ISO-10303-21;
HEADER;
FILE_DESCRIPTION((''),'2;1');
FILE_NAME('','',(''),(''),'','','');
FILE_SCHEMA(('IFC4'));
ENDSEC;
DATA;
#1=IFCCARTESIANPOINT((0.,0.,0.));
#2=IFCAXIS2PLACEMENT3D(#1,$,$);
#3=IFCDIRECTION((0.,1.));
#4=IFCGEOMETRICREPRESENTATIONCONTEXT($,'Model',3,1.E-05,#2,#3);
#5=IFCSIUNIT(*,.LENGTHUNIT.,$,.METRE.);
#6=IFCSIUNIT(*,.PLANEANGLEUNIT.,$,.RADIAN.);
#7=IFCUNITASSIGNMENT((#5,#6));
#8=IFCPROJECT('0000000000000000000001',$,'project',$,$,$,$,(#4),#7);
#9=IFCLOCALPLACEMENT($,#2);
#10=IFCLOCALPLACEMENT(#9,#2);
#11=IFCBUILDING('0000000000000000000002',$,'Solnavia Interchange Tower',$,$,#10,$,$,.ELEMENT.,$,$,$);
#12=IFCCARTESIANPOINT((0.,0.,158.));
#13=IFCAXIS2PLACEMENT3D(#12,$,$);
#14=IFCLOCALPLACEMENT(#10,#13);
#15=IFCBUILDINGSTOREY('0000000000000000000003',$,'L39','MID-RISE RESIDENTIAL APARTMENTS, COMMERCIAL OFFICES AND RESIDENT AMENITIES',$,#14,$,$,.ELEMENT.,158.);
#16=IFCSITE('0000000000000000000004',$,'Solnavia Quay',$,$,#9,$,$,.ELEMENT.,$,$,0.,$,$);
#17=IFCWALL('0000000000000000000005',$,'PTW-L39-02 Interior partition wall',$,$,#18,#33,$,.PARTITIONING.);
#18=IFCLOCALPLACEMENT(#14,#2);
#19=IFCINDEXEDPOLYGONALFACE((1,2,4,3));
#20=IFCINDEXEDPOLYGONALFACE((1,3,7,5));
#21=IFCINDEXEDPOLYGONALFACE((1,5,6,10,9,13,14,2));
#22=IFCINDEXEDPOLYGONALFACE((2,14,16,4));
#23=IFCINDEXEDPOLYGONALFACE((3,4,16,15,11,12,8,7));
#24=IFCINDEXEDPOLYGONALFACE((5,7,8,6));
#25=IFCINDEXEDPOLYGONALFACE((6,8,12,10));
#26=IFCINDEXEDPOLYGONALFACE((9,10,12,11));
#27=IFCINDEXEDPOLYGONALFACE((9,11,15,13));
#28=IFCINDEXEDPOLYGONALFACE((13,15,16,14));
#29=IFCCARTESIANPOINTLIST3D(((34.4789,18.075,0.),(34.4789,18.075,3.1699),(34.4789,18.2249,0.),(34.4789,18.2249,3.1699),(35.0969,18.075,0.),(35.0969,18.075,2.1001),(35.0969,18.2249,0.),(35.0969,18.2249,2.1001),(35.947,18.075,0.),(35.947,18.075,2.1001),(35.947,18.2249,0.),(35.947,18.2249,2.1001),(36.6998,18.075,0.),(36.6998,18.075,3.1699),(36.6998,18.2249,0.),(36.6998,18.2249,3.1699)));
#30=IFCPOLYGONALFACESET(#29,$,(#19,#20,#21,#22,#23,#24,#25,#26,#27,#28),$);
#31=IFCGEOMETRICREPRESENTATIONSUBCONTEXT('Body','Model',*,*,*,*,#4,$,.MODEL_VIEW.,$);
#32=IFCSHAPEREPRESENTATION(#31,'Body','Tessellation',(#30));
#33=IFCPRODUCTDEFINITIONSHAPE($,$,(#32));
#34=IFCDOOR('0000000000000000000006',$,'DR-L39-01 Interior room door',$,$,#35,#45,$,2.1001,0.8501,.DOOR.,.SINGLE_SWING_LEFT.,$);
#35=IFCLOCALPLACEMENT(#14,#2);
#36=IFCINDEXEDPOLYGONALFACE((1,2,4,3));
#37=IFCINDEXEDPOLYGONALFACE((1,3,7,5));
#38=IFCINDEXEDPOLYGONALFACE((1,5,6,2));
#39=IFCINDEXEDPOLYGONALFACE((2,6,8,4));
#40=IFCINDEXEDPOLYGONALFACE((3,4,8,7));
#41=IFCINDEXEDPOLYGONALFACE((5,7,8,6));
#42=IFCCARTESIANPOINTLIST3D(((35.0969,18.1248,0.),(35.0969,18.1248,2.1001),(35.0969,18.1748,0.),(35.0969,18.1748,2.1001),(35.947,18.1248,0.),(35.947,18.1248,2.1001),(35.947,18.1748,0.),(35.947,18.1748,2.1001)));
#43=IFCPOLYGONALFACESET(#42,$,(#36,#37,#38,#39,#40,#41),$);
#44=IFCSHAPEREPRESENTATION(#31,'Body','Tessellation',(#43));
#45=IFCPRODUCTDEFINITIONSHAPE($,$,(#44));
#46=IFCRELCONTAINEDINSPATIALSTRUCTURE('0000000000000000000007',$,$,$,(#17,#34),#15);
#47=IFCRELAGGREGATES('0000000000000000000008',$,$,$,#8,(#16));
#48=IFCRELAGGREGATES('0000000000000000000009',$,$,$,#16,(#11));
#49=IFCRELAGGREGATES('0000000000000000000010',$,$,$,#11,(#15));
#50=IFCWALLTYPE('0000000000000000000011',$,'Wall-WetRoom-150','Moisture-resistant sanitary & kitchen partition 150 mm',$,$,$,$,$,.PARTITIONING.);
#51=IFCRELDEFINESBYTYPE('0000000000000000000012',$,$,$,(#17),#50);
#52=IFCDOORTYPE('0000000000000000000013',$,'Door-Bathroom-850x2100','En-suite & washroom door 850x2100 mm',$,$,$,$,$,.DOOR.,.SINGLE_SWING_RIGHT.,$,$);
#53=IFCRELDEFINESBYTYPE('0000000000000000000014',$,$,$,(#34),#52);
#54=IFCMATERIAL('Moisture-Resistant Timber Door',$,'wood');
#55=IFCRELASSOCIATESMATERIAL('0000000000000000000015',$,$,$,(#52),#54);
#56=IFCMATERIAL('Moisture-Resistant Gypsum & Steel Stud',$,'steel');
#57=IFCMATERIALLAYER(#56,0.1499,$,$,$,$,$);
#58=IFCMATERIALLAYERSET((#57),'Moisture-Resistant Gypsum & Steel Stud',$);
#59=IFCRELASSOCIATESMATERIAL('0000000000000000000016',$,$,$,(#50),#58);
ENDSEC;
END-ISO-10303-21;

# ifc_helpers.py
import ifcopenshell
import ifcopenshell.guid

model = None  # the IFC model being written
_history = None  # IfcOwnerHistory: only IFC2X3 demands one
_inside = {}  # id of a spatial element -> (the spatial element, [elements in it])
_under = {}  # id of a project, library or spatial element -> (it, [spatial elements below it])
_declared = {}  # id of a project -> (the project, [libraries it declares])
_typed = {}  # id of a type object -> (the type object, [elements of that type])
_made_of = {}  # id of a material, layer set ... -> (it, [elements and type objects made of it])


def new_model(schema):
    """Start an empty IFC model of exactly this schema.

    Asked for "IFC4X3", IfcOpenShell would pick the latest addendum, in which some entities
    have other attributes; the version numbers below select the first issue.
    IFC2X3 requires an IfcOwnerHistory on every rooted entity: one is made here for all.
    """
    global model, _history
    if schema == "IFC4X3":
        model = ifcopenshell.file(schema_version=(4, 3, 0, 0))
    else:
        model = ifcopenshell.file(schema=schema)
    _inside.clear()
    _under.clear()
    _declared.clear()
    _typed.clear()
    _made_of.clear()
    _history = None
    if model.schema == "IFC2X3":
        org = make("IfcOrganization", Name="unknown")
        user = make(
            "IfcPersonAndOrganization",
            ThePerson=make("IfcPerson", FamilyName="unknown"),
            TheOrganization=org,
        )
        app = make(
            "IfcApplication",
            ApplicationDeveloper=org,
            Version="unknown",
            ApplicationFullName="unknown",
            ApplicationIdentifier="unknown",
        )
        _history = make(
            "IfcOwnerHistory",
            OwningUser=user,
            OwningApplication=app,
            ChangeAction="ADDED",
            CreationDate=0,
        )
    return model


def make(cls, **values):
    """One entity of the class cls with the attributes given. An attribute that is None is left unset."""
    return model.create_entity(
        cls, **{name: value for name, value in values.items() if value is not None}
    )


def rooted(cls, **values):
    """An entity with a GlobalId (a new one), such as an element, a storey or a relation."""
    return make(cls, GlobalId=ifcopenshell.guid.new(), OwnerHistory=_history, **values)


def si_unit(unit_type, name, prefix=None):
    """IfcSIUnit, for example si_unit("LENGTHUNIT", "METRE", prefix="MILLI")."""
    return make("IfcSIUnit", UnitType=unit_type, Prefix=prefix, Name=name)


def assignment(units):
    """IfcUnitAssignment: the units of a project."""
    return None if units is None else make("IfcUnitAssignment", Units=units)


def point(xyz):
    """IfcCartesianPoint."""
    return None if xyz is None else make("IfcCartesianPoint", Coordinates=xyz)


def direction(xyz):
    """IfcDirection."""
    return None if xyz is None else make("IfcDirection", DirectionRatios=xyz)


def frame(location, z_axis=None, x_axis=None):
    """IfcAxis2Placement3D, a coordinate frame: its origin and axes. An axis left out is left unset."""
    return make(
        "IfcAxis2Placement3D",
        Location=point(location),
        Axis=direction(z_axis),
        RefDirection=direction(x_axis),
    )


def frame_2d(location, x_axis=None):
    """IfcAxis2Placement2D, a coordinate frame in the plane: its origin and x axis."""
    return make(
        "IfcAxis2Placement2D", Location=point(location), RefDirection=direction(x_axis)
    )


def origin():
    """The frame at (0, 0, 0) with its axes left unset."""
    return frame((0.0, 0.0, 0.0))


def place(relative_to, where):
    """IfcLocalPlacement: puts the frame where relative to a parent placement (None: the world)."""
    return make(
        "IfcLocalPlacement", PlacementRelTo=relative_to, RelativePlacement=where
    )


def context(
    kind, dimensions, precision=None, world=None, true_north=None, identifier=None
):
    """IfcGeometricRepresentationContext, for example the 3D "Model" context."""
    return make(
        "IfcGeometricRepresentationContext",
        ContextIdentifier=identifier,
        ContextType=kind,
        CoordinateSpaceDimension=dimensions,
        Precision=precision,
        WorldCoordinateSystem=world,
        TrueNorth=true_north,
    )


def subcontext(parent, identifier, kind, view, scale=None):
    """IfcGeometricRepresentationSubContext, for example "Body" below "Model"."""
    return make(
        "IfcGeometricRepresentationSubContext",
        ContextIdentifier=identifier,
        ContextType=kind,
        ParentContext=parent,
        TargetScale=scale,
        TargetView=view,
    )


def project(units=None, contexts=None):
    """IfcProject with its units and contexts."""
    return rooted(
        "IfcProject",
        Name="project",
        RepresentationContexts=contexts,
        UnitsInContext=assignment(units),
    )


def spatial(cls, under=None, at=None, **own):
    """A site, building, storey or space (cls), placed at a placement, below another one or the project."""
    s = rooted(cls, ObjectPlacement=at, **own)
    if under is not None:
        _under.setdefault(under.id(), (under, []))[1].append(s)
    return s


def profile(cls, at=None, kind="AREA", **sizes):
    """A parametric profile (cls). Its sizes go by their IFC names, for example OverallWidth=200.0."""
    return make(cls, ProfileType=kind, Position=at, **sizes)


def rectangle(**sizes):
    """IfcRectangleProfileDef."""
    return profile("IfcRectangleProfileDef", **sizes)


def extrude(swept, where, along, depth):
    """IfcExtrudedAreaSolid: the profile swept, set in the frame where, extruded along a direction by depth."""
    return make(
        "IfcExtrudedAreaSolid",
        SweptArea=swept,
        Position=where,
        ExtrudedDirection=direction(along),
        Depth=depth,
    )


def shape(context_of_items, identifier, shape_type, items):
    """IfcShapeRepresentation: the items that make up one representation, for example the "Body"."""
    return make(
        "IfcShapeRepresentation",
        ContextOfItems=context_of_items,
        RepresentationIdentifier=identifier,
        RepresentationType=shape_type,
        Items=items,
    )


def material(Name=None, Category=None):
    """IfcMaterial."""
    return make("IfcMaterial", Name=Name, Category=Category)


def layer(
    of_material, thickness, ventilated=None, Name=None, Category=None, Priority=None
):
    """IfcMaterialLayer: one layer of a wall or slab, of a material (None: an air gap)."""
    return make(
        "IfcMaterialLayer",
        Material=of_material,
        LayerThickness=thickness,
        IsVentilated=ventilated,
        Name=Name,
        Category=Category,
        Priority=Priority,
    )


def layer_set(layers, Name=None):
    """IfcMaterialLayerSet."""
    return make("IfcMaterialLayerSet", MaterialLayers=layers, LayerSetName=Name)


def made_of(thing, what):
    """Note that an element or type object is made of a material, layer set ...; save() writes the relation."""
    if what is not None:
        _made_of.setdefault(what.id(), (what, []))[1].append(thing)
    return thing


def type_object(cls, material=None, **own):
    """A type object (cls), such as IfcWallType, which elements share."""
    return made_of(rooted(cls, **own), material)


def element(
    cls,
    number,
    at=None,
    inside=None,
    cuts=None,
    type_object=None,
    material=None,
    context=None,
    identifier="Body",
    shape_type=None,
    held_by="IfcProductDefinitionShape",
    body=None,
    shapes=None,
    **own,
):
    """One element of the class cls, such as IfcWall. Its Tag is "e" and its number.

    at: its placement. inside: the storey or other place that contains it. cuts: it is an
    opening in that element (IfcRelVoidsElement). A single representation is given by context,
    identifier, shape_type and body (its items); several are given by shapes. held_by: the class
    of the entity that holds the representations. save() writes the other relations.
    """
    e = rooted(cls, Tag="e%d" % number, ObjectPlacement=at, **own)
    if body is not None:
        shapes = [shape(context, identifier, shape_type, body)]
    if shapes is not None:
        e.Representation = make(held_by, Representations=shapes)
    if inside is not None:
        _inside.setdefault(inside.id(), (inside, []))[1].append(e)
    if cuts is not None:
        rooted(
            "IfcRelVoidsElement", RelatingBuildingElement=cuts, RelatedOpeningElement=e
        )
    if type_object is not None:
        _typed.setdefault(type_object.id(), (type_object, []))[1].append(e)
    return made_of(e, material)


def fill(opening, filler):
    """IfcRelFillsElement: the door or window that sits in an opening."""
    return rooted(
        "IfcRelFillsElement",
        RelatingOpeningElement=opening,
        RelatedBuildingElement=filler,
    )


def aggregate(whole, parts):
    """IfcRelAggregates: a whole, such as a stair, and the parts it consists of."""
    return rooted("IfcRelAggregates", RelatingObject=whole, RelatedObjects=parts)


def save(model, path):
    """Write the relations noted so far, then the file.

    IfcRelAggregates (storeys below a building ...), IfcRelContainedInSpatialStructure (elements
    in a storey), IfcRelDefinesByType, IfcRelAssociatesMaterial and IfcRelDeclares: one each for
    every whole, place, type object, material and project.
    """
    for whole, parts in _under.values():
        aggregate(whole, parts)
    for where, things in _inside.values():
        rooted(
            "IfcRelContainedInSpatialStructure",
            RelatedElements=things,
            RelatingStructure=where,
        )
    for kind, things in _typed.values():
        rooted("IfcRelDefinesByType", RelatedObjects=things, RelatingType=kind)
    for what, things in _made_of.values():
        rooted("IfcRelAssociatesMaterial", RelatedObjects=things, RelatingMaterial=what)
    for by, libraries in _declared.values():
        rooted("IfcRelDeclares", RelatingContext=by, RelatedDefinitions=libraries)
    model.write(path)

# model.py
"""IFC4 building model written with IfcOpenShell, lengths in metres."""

from ifc_helpers import new_model, si_unit, direction, frame, frame_2d, origin, place, context, subcontext, project, spatial, rectangle, extrude, material, layer, layer_set, type_object, element, fill, save


model = new_model("IFC4")

# Units and contexts
model_context = context("Model", 3, precision=1e-05, world=origin(), true_north=direction((0.0, 1.0)))
body_context = subcontext(model_context, "Body", "Model", "MODEL_VIEW")
ifc_project = project(units=[si_unit("LENGTHUNIT", "METRE"), si_unit("PLANEANGLEUNIT", "RADIAN")], contexts=[model_context])

# Site, building, storey
site_placement = place(None, origin())
site = spatial("IfcSite", under=ifc_project, at=site_placement, Name="Solnavia Quay", CompositionType="ELEMENT", RefElevation=0.0)
building_placement = place(site_placement, origin())
building = spatial("IfcBuilding", under=site, at=building_placement, Name="Solnavia Interchange Tower", CompositionType="ELEMENT")
storey_placement = place(building_placement, frame((0.0, 0.0, 158.0)))
storey = spatial("IfcBuildingStorey", under=building, at=storey_placement, Name="L39", Description="MID-RISE RESIDENTIAL APARTMENTS, COMMERCIAL OFFICES AND RESIDENT AMENITIES", CompositionType="ELEMENT", Elevation=158.0)

# Shared definitions
ifc_material_1 = material(Name="Moisture-Resistant Timber Door", Category="wood")
door_type_1 = type_object("IfcDoorType", Name="Door-Bathroom-850x2100", Description="En-suite & washroom door 850x2100 mm", OperationType="SINGLE_SWING_RIGHT", PredefinedType="DOOR", material=ifc_material_1)

# Shared definitions
ifc_material_2 = material(Name="Moisture-Resistant Gypsum & Steel Stud", Category="steel")
ifc_layer_1 = layer(ifc_material_2, 0.1499)
ifc_layer_set_1 = layer_set([ifc_layer_1], Name="Moisture-Resistant Gypsum & Steel Stud")
wall_type_1 = type_object("IfcWallType", Name="Wall-WetRoom-150", Description="Moisture-resistant sanitary & kitchen partition 150 mm", PredefinedType="PARTITIONING", material=ifc_layer_set_1)

# Wall, opening, door
wall_1_placement = place(storey_placement, frame((34.479, 18.1499, 0.0), z_axis=(0.0, 0.0, 1.0), x_axis=(1.0, 0.0, 0.0)))
wall_1 = element("IfcWall", 1, at=wall_1_placement, inside=storey, type_object=wall_type_1, Name="PTW-L39-02 Interior partition wall", PredefinedType="PARTITIONING", context=body_context, shape_type="SweptSolid", body=[
    extrude(rectangle(XDim=2.2209, YDim=0.1499, at=frame_2d((1.1104, 0.0))), origin(), (0.0, 0.0, 1.0), 3.1699),
])
opening_1_placement = place(wall_1_placement, frame((0.6179, 0.0, 0.0)))
opening_1 = element("IfcOpeningElement", 2, at=opening_1_placement, cuts=wall_1, PredefinedType="OPENING", context=body_context, shape_type="SweptSolid", body=[
    extrude(rectangle(XDim=0.8501, YDim=2.1001, at=frame_2d((0.425, 1.05))), frame((0.0, 0.085, 0.0), z_axis=(0.0, -1.0, 0.0), x_axis=(1.0, 0.0, 0.0)), (0.0, 0.0, 1.0), 0.1699),
])
door_1_placement = place(opening_1_placement, origin())
door_1 = element("IfcDoor", 3, at=door_1_placement, inside=storey, type_object=door_type_1, Name="DR-L39-01 Interior room door", OperationType="SINGLE_SWING_LEFT", OverallHeight=2.1001, OverallWidth=0.8501, PredefinedType="DOOR", context=body_context, shape_type="SweptSolid", body=[
    extrude(rectangle(XDim=0.8501, YDim=2.1001, at=frame_2d((0.425, 1.05))), frame((0.0, 0.0249, 0.0), z_axis=(0.0, -1.0, 0.0), x_axis=(1.0, 0.0, 0.0)), (0.0, 0.0, 1.0), 0.05),
])
fill(opening_1, door_1)

save(model, "model.ifc")
